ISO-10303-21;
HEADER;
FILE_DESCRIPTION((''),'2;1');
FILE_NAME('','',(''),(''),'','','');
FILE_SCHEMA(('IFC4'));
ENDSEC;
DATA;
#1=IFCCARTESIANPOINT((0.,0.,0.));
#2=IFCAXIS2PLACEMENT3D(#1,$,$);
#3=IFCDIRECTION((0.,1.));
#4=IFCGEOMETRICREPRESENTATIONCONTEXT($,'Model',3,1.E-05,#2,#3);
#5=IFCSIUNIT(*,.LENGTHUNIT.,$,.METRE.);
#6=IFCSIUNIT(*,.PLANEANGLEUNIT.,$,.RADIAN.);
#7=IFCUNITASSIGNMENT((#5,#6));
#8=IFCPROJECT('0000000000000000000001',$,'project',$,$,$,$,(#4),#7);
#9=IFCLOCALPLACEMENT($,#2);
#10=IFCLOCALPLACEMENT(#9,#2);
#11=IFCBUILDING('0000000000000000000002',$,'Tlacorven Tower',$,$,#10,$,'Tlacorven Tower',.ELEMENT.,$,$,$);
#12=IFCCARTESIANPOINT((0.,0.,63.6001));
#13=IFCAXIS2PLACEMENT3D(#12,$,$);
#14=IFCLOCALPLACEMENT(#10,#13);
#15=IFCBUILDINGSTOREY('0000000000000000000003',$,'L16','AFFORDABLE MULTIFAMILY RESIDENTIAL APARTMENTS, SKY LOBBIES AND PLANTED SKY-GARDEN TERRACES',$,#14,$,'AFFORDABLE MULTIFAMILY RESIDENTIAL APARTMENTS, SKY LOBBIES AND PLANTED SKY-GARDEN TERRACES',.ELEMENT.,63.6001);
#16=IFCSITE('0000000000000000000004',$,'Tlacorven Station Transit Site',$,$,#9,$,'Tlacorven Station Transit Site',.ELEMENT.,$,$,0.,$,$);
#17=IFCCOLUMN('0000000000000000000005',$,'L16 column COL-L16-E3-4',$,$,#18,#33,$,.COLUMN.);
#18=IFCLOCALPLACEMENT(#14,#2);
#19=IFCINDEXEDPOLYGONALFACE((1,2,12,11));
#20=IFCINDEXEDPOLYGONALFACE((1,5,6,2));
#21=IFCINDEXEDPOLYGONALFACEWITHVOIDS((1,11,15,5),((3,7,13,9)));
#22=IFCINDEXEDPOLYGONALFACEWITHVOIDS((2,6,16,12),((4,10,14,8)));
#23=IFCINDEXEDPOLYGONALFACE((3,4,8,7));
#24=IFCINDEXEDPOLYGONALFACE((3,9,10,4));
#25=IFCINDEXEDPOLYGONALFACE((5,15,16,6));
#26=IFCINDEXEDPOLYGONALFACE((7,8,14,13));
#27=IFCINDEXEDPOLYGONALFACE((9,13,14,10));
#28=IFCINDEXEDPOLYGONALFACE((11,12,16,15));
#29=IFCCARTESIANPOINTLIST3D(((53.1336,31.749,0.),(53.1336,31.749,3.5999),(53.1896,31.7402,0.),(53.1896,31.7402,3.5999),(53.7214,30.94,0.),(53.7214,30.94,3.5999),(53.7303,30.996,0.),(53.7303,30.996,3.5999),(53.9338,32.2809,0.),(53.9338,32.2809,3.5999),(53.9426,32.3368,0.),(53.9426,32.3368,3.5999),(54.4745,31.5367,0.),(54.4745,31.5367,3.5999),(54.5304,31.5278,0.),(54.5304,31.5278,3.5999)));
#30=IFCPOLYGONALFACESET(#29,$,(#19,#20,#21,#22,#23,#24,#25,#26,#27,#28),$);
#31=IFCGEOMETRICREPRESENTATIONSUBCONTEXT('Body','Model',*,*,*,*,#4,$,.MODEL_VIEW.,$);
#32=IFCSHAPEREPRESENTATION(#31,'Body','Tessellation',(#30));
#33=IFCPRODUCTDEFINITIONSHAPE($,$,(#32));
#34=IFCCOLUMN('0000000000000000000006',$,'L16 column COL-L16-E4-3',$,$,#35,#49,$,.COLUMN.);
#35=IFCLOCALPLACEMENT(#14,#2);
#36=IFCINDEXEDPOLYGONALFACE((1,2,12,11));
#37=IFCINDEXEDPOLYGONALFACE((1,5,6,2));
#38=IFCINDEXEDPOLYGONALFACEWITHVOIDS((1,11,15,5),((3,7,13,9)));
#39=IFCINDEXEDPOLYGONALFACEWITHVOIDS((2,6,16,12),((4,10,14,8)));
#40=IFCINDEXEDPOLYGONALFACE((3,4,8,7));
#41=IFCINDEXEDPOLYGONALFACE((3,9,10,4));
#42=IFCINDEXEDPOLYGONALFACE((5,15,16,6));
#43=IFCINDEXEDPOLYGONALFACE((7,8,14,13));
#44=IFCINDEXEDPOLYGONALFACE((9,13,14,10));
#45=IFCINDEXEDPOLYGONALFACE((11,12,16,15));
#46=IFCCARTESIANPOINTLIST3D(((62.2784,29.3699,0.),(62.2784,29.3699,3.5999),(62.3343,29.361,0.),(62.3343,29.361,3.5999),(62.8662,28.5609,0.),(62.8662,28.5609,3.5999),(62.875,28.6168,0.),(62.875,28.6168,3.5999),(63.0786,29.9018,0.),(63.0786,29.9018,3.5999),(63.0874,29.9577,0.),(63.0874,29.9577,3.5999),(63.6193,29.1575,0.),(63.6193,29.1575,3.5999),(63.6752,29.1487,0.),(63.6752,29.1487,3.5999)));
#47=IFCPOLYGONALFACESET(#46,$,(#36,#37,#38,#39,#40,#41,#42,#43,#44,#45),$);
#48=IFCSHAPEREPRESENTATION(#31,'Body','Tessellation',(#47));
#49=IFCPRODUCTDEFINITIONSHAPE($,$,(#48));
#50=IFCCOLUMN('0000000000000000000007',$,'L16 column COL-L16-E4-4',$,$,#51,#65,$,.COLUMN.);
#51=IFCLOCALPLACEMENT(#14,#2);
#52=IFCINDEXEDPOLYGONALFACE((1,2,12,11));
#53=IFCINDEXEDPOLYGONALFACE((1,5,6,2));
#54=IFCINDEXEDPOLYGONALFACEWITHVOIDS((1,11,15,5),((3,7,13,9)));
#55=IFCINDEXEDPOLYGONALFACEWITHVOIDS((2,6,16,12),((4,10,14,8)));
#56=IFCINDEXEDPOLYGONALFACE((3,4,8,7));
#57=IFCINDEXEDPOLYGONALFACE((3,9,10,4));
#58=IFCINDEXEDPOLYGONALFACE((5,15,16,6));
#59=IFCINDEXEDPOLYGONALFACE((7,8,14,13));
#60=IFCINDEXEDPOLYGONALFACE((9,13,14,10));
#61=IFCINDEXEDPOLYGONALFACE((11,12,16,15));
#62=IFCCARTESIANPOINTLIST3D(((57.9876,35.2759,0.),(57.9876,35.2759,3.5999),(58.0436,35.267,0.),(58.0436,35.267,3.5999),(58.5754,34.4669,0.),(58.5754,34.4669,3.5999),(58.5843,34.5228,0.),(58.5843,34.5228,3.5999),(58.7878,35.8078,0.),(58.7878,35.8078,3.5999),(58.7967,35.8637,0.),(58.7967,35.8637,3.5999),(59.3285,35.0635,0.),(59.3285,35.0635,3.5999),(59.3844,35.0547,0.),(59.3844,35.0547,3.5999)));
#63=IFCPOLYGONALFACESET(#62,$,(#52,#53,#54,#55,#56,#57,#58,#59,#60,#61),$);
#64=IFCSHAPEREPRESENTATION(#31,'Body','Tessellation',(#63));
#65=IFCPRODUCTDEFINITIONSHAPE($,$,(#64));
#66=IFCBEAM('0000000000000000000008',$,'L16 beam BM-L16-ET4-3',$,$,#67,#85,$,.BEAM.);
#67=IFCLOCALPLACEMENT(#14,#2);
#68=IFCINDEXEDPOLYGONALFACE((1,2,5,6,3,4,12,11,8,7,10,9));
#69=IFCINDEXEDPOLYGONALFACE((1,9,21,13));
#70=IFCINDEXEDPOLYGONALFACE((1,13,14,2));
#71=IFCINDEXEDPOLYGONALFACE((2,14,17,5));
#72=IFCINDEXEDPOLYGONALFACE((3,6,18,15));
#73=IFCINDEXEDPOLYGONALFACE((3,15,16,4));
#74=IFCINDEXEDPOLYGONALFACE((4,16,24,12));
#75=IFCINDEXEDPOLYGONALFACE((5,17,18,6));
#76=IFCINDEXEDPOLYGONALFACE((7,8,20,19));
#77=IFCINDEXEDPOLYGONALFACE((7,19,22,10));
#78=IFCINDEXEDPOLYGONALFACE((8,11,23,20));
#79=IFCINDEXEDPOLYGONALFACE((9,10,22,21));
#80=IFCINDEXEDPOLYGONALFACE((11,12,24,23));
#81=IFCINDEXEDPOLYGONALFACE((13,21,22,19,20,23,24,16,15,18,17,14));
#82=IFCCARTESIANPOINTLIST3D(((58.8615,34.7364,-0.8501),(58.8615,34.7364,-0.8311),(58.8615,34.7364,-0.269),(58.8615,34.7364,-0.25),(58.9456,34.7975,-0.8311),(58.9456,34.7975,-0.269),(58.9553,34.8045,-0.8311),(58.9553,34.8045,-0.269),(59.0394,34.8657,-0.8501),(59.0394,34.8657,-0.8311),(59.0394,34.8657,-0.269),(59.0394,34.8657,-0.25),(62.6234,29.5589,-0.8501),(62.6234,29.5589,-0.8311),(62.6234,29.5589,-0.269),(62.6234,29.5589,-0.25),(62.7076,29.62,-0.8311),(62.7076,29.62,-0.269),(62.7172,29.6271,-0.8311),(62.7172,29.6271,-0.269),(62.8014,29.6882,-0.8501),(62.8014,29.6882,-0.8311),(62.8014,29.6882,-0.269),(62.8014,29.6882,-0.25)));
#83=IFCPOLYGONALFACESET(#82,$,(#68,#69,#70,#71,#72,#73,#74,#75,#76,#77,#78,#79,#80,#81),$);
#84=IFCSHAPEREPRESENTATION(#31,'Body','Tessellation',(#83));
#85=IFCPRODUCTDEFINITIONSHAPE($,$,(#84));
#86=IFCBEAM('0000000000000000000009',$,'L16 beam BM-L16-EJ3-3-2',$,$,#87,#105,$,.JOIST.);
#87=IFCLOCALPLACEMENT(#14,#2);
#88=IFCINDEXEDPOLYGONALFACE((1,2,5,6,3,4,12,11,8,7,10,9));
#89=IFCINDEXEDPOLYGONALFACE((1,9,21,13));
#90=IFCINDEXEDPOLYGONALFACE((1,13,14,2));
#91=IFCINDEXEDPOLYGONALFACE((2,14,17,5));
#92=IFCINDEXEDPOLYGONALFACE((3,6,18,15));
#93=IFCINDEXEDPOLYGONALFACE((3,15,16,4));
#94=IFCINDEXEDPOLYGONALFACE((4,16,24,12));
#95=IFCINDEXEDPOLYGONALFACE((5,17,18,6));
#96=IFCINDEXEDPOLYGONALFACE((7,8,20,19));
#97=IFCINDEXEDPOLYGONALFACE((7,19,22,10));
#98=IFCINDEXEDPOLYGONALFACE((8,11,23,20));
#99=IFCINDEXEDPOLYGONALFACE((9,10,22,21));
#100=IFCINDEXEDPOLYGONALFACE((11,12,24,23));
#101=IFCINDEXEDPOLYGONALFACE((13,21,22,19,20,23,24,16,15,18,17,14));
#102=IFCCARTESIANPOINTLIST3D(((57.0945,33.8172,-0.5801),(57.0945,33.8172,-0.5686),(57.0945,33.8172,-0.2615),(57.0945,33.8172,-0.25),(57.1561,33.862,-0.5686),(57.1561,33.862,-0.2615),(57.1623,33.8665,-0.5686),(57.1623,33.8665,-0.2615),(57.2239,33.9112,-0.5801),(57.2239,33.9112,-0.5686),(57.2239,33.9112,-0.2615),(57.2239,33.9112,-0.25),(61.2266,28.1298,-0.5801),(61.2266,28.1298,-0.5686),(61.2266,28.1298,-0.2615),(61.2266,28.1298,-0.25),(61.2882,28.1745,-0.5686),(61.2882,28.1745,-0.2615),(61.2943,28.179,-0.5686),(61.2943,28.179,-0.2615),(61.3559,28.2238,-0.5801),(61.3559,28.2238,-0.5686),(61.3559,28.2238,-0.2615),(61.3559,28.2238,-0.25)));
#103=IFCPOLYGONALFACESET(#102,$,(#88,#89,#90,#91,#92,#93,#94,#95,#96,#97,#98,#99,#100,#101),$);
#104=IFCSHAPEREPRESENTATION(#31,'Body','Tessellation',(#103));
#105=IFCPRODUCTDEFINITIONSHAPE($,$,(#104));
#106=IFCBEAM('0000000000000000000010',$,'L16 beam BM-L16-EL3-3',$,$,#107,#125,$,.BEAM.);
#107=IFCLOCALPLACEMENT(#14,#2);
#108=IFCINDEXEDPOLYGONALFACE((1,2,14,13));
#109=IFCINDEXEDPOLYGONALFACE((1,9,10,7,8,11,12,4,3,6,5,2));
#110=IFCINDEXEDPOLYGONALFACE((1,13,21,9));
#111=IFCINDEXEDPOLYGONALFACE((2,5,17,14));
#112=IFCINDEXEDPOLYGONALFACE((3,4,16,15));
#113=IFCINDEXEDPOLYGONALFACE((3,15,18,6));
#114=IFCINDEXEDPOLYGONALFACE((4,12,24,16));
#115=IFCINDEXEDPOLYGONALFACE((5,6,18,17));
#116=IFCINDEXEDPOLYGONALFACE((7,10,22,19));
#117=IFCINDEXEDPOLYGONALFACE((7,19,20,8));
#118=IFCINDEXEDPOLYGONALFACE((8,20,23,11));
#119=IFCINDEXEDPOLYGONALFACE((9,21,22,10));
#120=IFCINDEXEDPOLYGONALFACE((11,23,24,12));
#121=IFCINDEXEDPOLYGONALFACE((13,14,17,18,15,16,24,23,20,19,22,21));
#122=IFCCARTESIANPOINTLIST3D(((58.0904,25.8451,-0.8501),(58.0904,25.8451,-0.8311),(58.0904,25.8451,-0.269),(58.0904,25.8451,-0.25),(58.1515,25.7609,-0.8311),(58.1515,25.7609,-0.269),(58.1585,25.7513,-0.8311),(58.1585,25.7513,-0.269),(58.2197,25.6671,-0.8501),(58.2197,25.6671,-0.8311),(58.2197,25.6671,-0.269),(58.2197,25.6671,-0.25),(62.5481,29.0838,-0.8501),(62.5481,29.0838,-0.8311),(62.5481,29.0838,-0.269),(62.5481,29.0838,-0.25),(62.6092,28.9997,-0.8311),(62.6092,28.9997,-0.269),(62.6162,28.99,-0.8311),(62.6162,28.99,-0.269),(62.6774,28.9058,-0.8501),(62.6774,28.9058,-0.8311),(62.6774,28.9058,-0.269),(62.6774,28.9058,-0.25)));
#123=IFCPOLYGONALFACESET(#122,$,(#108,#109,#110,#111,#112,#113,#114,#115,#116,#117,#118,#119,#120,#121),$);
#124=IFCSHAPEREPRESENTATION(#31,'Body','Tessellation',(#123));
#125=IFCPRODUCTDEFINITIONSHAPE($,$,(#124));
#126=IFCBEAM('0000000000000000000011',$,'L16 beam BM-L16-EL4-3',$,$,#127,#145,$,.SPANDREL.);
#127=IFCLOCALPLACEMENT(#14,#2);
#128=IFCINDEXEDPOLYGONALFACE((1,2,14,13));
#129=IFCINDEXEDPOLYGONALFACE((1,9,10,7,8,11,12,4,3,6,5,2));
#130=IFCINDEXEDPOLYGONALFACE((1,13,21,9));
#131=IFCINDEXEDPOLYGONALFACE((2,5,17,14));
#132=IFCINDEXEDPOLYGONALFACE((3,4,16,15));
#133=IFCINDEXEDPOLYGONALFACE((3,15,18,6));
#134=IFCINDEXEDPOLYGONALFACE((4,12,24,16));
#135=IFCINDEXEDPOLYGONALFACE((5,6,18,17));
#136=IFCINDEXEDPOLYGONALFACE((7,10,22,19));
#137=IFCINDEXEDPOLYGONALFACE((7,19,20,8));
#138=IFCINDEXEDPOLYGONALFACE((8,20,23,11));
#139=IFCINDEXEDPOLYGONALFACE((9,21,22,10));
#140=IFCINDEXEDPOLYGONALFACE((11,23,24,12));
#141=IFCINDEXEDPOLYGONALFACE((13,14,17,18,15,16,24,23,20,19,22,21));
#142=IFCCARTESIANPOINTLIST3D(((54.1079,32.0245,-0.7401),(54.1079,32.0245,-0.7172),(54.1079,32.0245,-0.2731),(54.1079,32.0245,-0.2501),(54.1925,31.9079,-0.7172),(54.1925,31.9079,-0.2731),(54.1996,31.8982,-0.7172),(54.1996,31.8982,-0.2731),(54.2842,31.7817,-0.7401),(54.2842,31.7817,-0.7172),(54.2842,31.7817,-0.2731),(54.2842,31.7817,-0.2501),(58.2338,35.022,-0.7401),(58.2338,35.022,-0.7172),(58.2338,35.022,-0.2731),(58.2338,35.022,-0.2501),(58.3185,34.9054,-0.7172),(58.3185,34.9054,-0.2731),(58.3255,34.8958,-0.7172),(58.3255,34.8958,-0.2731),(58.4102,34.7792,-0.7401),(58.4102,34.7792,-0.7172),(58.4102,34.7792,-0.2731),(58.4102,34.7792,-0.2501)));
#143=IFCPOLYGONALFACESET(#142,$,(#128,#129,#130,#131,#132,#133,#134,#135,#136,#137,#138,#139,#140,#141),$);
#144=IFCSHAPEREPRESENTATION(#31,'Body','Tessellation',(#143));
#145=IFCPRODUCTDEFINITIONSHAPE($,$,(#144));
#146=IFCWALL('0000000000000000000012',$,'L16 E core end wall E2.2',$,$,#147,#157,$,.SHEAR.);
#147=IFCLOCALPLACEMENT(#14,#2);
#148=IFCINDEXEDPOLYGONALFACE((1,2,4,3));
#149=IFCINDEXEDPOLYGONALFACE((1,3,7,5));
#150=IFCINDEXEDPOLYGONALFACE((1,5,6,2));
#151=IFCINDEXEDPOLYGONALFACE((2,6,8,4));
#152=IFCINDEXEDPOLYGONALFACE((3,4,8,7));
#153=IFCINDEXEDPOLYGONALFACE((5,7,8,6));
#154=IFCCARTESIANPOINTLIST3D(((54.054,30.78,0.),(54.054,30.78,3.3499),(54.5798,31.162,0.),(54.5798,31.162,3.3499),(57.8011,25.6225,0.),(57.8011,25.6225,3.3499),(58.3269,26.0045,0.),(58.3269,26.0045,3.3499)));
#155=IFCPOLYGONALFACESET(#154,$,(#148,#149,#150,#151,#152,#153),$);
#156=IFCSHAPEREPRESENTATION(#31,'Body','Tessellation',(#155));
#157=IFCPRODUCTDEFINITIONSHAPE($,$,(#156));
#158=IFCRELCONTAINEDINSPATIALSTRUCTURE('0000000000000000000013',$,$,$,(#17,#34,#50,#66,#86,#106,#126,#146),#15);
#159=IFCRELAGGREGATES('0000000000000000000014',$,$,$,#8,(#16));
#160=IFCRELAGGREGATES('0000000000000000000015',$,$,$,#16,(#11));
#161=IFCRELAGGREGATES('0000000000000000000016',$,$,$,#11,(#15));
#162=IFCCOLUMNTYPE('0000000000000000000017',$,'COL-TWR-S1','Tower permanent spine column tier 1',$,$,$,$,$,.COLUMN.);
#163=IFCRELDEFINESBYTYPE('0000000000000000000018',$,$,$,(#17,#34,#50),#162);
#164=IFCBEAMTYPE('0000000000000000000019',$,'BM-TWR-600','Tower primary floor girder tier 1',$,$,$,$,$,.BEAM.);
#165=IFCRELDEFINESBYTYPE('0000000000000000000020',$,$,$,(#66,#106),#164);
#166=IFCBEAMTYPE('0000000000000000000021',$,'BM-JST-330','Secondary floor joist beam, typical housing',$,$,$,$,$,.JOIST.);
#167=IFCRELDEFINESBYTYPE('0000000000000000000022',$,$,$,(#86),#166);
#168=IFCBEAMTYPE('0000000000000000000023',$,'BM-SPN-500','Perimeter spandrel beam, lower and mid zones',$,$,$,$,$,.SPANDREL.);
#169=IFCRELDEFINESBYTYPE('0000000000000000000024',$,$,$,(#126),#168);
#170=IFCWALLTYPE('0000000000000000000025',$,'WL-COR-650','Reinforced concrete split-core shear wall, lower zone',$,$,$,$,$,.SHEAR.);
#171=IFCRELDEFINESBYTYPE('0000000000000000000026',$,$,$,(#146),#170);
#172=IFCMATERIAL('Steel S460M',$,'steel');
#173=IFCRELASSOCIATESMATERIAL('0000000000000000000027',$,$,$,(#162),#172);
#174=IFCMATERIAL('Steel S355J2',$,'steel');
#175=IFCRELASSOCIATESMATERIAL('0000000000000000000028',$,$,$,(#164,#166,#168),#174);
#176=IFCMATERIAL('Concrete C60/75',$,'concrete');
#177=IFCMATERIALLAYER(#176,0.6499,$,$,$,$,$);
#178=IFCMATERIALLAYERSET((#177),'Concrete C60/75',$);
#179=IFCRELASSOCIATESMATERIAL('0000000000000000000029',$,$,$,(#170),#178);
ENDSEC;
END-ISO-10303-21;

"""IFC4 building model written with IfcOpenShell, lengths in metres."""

from ifc_helpers import new_model, si_unit, direction, frame, frame_2d, origin, origin_2d, place, context, subcontext, project, spatial, rectangle, hollow_rectangle, i_section, extrude, source, transform, mapped, material, layer, layer_set, material_profile, profile_set, type_object, element, save


model = new_model("IFC4")

# Units and contexts
model_context = context("Model", 3, precision=1e-05, world=origin(), true_north=direction((0.0, 1.0)))
body_context = subcontext(model_context, "Body", "Model", "MODEL_VIEW")
ifc_project = project(units=[si_unit("LENGTHUNIT", "METRE"), si_unit("PLANEANGLEUNIT", "RADIAN")], contexts=[model_context])

# Site, building, storey
site_placement = place(None, origin())
site = spatial("IfcSite", under=ifc_project, at=site_placement, Name="Tlacorven Station Transit Site", LongName="Tlacorven Station Transit Site", CompositionType="ELEMENT", RefElevation=0.0)
building_placement = place(site_placement, origin())
building = spatial("IfcBuilding", under=site, at=building_placement, Name="Tlacorven Tower", LongName="Tlacorven Tower", CompositionType="ELEMENT")
storey_placement = place(building_placement, frame((0.0, 0.0, 63.6001)))
storey = spatial("IfcBuildingStorey", under=building, at=storey_placement, Name="L16", Description="AFFORDABLE MULTIFAMILY RESIDENTIAL APARTMENTS, SKY LOBBIES AND PLANTED SKY-GARDEN TERRACES", LongName="AFFORDABLE MULTIFAMILY RESIDENTIAL APARTMENTS, SKY LOBBIES AND PLANTED SKY-GARDEN TERRACES", CompositionType="ELEMENT", Elevation=63.6001)

# Columns
ifc_material_1 = material(Name="Steel S460M", Category="steel")
ifc_material_profile_1 = material_profile(ifc_material_1, hollow_rectangle(XDim=1.0, YDim=1.0, WallThickness=0.04, at=origin_2d()), Name="BOX 1000X1000X40")
ifc_profile_set_1 = profile_set([ifc_material_profile_1], Name="Steel S460M")
column_type = type_object("IfcColumnType", Name="COL-TWR-S1", Description="Tower permanent spine column tier 1", PredefinedType="COLUMN", material=ifc_profile_set_1)
shared_shape_1 = source(origin(), body_context, "Body", "SweptSolid", [
    extrude(hollow_rectangle(XDim=1.0, YDim=1.0, WallThickness=0.04, at=origin_2d()), origin(), (0.0, 0.0, 1.0), 3.5999),
])
for number, where, z_axis, x_axis, name in (
    (1, (53.832, 31.6384, 0.0), (0.0, 0.0, 1.0), (0.809017, 0.587785, 0.0), "L16 column COL-L16-E3-4"),
    (2, (62.9768, 29.2593, 0.0), (0.0, 0.0, 1.0), (0.809017, 0.587785, 0.0), "L16 column COL-L16-E4-3"),
    (3, (58.686, 35.1653, 0.0), (0.0, 0.0, 1.0), (0.809017, 0.587785, 0.0), "L16 column COL-L16-E4-4"),
):
    element("IfcColumn", number, at=place(storey_placement, frame(where, z_axis=z_axis, x_axis=x_axis)), inside=storey, type_object=column_type, Name=name, PredefinedType="COLUMN", context=body_context, shape_type="MappedRepresentation", body=[
        mapped(shared_shape_1, transform((0.0, 0.0, 0.0), scale=1.0)),
    ])

# Beams
ifc_material_2 = material(Name="Steel S355J2", Category="steel")
ifc_material_profile_2 = material_profile(ifc_material_2, i_section(OverallWidth=0.22, OverallDepth=0.6001, WebThickness=0.012, FlangeThickness=0.019, at=origin_2d()), Name="IPE 600")
ifc_profile_set_2 = profile_set([ifc_material_profile_2], Name="Steel S355J2")
beam_type_1 = type_object("IfcBeamType", Name="BM-TWR-600", Description="Tower primary floor girder tier 1", PredefinedType="BEAM", material=ifc_profile_set_2)
shared_shape_2 = source(origin(), body_context, "Body", "SweptSolid", [
    extrude(i_section(OverallWidth=0.22, OverallDepth=0.6001, WebThickness=0.012, FlangeThickness=0.019, at=origin_2d()), origin(), (0.0, 0.0, 1.0), 6.3999),
])
beam_1_placement = place(storey_placement, frame((62.7124, 29.6235, -0.55), z_axis=(-0.587816, 0.808995, 0.0), x_axis=(-0.808995, -0.587816, 0.0)))
element("IfcBeam", 4, at=beam_1_placement, inside=storey, type_object=beam_type_1, Name="L16 beam BM-L16-ET4-3", PredefinedType="BEAM", context=body_context, shape_type="MappedRepresentation", body=[
    mapped(shared_shape_2, transform((0.0, 0.0, 0.0), scale=1.0)),
])
ifc_material_profile_3 = material_profile(ifc_material_2, i_section(OverallWidth=0.1599, OverallDepth=0.3301, WebThickness=0.0076, FlangeThickness=0.0115, at=origin_2d()), Name="IPE 330")
ifc_profile_set_3 = profile_set([ifc_material_profile_3], Name="Steel S355J2")
beam_type_2 = type_object("IfcBeamType", Name="BM-JST-330", Description="Secondary floor joist beam, typical housing", PredefinedType="JOIST", material=ifc_profile_set_3)
shared_shape_3 = source(origin(), body_context, "Body", "SweptSolid", [
    extrude(i_section(OverallWidth=0.1599, OverallDepth=0.3301, WebThickness=0.0076, FlangeThickness=0.0115, at=origin_2d()), origin(), (0.0, 0.0, 1.0), 7.03),
])
beam_2_placement = place(storey_placement, frame((61.2913, 28.1768, -0.415), z_axis=(-0.587773, 0.809026, 0.0), x_axis=(-0.809026, -0.587773, 0.0)))
element("IfcBeam", 5, at=beam_2_placement, inside=storey, type_object=beam_type_2, Name="L16 beam BM-L16-EJ3-3-2", PredefinedType="JOIST", context=body_context, shape_type="MappedRepresentation", body=[
    mapped(shared_shape_3, transform((0.0, 0.0, 0.0), scale=1.0)),
])
shared_shape_4 = source(origin(), body_context, "Body", "SweptSolid", [
    extrude(i_section(OverallWidth=0.22, OverallDepth=0.6001, WebThickness=0.012, FlangeThickness=0.019, at=origin_2d()), origin(), (0.0, 0.0, 1.0), 5.51),
])
beam_3_placement = place(storey_placement, frame((58.155, 25.7561, -0.55), z_axis=(0.809016, 0.587787, 0.0), x_axis=(-0.587787, 0.809016, 0.0)))
element("IfcBeam", 6, at=beam_3_placement, inside=storey, type_object=beam_type_1, Name="L16 beam BM-L16-EL3-3", PredefinedType="BEAM", context=body_context, shape_type="MappedRepresentation", body=[
    mapped(shared_shape_4, transform((0.0, 0.0, 0.0), scale=1.0)),
])
ifc_material_profile_4 = material_profile(ifc_material_2, i_section(OverallWidth=0.3, OverallDepth=0.49, WebThickness=0.012, FlangeThickness=0.0229, at=origin_2d()), Name="HEA 500")
ifc_profile_set_4 = profile_set([ifc_material_profile_4], Name="Steel S355J2")
beam_type_3 = type_object("IfcBeamType", Name="BM-SPN-500", Description="Perimeter spandrel beam, lower and mid zones", PredefinedType="SPANDREL", material=ifc_profile_set_4)
shared_shape_5 = source(origin(), body_context, "Body", "SweptSolid", [
    extrude(i_section(OverallWidth=0.3, OverallDepth=0.49, WebThickness=0.012, FlangeThickness=0.0229, at=origin_2d()), origin(), (0.0, 0.0, 1.0), 5.0999),
])
beam_4_placement = place(storey_placement, frame((54.196, 31.9031, -0.4951), z_axis=(0.80903, 0.587767, 0.0), x_axis=(-0.587767, 0.80903, 0.0)))
element("IfcBeam", 7, at=beam_4_placement, inside=storey, type_object=beam_type_3, Name="L16 beam BM-L16-EL4-3", PredefinedType="SPANDREL", context=body_context, shape_type="MappedRepresentation", body=[
    mapped(shared_shape_5, transform((0.0, 0.0, 0.0), scale=1.0)),
])

# Wall
ifc_material_3 = material(Name="Concrete C60/75", Category="concrete")
ifc_layer_1 = layer(ifc_material_3, 0.6499)
ifc_layer_set_1 = layer_set([ifc_layer_1], Name="Concrete C60/75")
wall_type_1 = type_object("IfcWallType", Name="WL-COR-650", Description="Reinforced concrete split-core shear wall, lower zone", PredefinedType="SHEAR", material=ifc_layer_set_1)
wall_1_placement = place(storey_placement, frame((58.064, 25.8135, 0.0), z_axis=(0.0, 0.0, 1.0), x_axis=(-0.58778, 0.809021, 0.0)))
element("IfcWall", 8, at=wall_1_placement, inside=storey, type_object=wall_type_1, Name="L16 E core end wall E2.2", PredefinedType="SHEAR", context=body_context, shape_type="SweptSolid", body=[
    extrude(rectangle(XDim=6.375, YDim=0.6499, at=frame_2d((3.1875, 0.0))), origin(), (0.0, 0.0, 1.0), 3.3499),
])

save(model, "model.ifc")
